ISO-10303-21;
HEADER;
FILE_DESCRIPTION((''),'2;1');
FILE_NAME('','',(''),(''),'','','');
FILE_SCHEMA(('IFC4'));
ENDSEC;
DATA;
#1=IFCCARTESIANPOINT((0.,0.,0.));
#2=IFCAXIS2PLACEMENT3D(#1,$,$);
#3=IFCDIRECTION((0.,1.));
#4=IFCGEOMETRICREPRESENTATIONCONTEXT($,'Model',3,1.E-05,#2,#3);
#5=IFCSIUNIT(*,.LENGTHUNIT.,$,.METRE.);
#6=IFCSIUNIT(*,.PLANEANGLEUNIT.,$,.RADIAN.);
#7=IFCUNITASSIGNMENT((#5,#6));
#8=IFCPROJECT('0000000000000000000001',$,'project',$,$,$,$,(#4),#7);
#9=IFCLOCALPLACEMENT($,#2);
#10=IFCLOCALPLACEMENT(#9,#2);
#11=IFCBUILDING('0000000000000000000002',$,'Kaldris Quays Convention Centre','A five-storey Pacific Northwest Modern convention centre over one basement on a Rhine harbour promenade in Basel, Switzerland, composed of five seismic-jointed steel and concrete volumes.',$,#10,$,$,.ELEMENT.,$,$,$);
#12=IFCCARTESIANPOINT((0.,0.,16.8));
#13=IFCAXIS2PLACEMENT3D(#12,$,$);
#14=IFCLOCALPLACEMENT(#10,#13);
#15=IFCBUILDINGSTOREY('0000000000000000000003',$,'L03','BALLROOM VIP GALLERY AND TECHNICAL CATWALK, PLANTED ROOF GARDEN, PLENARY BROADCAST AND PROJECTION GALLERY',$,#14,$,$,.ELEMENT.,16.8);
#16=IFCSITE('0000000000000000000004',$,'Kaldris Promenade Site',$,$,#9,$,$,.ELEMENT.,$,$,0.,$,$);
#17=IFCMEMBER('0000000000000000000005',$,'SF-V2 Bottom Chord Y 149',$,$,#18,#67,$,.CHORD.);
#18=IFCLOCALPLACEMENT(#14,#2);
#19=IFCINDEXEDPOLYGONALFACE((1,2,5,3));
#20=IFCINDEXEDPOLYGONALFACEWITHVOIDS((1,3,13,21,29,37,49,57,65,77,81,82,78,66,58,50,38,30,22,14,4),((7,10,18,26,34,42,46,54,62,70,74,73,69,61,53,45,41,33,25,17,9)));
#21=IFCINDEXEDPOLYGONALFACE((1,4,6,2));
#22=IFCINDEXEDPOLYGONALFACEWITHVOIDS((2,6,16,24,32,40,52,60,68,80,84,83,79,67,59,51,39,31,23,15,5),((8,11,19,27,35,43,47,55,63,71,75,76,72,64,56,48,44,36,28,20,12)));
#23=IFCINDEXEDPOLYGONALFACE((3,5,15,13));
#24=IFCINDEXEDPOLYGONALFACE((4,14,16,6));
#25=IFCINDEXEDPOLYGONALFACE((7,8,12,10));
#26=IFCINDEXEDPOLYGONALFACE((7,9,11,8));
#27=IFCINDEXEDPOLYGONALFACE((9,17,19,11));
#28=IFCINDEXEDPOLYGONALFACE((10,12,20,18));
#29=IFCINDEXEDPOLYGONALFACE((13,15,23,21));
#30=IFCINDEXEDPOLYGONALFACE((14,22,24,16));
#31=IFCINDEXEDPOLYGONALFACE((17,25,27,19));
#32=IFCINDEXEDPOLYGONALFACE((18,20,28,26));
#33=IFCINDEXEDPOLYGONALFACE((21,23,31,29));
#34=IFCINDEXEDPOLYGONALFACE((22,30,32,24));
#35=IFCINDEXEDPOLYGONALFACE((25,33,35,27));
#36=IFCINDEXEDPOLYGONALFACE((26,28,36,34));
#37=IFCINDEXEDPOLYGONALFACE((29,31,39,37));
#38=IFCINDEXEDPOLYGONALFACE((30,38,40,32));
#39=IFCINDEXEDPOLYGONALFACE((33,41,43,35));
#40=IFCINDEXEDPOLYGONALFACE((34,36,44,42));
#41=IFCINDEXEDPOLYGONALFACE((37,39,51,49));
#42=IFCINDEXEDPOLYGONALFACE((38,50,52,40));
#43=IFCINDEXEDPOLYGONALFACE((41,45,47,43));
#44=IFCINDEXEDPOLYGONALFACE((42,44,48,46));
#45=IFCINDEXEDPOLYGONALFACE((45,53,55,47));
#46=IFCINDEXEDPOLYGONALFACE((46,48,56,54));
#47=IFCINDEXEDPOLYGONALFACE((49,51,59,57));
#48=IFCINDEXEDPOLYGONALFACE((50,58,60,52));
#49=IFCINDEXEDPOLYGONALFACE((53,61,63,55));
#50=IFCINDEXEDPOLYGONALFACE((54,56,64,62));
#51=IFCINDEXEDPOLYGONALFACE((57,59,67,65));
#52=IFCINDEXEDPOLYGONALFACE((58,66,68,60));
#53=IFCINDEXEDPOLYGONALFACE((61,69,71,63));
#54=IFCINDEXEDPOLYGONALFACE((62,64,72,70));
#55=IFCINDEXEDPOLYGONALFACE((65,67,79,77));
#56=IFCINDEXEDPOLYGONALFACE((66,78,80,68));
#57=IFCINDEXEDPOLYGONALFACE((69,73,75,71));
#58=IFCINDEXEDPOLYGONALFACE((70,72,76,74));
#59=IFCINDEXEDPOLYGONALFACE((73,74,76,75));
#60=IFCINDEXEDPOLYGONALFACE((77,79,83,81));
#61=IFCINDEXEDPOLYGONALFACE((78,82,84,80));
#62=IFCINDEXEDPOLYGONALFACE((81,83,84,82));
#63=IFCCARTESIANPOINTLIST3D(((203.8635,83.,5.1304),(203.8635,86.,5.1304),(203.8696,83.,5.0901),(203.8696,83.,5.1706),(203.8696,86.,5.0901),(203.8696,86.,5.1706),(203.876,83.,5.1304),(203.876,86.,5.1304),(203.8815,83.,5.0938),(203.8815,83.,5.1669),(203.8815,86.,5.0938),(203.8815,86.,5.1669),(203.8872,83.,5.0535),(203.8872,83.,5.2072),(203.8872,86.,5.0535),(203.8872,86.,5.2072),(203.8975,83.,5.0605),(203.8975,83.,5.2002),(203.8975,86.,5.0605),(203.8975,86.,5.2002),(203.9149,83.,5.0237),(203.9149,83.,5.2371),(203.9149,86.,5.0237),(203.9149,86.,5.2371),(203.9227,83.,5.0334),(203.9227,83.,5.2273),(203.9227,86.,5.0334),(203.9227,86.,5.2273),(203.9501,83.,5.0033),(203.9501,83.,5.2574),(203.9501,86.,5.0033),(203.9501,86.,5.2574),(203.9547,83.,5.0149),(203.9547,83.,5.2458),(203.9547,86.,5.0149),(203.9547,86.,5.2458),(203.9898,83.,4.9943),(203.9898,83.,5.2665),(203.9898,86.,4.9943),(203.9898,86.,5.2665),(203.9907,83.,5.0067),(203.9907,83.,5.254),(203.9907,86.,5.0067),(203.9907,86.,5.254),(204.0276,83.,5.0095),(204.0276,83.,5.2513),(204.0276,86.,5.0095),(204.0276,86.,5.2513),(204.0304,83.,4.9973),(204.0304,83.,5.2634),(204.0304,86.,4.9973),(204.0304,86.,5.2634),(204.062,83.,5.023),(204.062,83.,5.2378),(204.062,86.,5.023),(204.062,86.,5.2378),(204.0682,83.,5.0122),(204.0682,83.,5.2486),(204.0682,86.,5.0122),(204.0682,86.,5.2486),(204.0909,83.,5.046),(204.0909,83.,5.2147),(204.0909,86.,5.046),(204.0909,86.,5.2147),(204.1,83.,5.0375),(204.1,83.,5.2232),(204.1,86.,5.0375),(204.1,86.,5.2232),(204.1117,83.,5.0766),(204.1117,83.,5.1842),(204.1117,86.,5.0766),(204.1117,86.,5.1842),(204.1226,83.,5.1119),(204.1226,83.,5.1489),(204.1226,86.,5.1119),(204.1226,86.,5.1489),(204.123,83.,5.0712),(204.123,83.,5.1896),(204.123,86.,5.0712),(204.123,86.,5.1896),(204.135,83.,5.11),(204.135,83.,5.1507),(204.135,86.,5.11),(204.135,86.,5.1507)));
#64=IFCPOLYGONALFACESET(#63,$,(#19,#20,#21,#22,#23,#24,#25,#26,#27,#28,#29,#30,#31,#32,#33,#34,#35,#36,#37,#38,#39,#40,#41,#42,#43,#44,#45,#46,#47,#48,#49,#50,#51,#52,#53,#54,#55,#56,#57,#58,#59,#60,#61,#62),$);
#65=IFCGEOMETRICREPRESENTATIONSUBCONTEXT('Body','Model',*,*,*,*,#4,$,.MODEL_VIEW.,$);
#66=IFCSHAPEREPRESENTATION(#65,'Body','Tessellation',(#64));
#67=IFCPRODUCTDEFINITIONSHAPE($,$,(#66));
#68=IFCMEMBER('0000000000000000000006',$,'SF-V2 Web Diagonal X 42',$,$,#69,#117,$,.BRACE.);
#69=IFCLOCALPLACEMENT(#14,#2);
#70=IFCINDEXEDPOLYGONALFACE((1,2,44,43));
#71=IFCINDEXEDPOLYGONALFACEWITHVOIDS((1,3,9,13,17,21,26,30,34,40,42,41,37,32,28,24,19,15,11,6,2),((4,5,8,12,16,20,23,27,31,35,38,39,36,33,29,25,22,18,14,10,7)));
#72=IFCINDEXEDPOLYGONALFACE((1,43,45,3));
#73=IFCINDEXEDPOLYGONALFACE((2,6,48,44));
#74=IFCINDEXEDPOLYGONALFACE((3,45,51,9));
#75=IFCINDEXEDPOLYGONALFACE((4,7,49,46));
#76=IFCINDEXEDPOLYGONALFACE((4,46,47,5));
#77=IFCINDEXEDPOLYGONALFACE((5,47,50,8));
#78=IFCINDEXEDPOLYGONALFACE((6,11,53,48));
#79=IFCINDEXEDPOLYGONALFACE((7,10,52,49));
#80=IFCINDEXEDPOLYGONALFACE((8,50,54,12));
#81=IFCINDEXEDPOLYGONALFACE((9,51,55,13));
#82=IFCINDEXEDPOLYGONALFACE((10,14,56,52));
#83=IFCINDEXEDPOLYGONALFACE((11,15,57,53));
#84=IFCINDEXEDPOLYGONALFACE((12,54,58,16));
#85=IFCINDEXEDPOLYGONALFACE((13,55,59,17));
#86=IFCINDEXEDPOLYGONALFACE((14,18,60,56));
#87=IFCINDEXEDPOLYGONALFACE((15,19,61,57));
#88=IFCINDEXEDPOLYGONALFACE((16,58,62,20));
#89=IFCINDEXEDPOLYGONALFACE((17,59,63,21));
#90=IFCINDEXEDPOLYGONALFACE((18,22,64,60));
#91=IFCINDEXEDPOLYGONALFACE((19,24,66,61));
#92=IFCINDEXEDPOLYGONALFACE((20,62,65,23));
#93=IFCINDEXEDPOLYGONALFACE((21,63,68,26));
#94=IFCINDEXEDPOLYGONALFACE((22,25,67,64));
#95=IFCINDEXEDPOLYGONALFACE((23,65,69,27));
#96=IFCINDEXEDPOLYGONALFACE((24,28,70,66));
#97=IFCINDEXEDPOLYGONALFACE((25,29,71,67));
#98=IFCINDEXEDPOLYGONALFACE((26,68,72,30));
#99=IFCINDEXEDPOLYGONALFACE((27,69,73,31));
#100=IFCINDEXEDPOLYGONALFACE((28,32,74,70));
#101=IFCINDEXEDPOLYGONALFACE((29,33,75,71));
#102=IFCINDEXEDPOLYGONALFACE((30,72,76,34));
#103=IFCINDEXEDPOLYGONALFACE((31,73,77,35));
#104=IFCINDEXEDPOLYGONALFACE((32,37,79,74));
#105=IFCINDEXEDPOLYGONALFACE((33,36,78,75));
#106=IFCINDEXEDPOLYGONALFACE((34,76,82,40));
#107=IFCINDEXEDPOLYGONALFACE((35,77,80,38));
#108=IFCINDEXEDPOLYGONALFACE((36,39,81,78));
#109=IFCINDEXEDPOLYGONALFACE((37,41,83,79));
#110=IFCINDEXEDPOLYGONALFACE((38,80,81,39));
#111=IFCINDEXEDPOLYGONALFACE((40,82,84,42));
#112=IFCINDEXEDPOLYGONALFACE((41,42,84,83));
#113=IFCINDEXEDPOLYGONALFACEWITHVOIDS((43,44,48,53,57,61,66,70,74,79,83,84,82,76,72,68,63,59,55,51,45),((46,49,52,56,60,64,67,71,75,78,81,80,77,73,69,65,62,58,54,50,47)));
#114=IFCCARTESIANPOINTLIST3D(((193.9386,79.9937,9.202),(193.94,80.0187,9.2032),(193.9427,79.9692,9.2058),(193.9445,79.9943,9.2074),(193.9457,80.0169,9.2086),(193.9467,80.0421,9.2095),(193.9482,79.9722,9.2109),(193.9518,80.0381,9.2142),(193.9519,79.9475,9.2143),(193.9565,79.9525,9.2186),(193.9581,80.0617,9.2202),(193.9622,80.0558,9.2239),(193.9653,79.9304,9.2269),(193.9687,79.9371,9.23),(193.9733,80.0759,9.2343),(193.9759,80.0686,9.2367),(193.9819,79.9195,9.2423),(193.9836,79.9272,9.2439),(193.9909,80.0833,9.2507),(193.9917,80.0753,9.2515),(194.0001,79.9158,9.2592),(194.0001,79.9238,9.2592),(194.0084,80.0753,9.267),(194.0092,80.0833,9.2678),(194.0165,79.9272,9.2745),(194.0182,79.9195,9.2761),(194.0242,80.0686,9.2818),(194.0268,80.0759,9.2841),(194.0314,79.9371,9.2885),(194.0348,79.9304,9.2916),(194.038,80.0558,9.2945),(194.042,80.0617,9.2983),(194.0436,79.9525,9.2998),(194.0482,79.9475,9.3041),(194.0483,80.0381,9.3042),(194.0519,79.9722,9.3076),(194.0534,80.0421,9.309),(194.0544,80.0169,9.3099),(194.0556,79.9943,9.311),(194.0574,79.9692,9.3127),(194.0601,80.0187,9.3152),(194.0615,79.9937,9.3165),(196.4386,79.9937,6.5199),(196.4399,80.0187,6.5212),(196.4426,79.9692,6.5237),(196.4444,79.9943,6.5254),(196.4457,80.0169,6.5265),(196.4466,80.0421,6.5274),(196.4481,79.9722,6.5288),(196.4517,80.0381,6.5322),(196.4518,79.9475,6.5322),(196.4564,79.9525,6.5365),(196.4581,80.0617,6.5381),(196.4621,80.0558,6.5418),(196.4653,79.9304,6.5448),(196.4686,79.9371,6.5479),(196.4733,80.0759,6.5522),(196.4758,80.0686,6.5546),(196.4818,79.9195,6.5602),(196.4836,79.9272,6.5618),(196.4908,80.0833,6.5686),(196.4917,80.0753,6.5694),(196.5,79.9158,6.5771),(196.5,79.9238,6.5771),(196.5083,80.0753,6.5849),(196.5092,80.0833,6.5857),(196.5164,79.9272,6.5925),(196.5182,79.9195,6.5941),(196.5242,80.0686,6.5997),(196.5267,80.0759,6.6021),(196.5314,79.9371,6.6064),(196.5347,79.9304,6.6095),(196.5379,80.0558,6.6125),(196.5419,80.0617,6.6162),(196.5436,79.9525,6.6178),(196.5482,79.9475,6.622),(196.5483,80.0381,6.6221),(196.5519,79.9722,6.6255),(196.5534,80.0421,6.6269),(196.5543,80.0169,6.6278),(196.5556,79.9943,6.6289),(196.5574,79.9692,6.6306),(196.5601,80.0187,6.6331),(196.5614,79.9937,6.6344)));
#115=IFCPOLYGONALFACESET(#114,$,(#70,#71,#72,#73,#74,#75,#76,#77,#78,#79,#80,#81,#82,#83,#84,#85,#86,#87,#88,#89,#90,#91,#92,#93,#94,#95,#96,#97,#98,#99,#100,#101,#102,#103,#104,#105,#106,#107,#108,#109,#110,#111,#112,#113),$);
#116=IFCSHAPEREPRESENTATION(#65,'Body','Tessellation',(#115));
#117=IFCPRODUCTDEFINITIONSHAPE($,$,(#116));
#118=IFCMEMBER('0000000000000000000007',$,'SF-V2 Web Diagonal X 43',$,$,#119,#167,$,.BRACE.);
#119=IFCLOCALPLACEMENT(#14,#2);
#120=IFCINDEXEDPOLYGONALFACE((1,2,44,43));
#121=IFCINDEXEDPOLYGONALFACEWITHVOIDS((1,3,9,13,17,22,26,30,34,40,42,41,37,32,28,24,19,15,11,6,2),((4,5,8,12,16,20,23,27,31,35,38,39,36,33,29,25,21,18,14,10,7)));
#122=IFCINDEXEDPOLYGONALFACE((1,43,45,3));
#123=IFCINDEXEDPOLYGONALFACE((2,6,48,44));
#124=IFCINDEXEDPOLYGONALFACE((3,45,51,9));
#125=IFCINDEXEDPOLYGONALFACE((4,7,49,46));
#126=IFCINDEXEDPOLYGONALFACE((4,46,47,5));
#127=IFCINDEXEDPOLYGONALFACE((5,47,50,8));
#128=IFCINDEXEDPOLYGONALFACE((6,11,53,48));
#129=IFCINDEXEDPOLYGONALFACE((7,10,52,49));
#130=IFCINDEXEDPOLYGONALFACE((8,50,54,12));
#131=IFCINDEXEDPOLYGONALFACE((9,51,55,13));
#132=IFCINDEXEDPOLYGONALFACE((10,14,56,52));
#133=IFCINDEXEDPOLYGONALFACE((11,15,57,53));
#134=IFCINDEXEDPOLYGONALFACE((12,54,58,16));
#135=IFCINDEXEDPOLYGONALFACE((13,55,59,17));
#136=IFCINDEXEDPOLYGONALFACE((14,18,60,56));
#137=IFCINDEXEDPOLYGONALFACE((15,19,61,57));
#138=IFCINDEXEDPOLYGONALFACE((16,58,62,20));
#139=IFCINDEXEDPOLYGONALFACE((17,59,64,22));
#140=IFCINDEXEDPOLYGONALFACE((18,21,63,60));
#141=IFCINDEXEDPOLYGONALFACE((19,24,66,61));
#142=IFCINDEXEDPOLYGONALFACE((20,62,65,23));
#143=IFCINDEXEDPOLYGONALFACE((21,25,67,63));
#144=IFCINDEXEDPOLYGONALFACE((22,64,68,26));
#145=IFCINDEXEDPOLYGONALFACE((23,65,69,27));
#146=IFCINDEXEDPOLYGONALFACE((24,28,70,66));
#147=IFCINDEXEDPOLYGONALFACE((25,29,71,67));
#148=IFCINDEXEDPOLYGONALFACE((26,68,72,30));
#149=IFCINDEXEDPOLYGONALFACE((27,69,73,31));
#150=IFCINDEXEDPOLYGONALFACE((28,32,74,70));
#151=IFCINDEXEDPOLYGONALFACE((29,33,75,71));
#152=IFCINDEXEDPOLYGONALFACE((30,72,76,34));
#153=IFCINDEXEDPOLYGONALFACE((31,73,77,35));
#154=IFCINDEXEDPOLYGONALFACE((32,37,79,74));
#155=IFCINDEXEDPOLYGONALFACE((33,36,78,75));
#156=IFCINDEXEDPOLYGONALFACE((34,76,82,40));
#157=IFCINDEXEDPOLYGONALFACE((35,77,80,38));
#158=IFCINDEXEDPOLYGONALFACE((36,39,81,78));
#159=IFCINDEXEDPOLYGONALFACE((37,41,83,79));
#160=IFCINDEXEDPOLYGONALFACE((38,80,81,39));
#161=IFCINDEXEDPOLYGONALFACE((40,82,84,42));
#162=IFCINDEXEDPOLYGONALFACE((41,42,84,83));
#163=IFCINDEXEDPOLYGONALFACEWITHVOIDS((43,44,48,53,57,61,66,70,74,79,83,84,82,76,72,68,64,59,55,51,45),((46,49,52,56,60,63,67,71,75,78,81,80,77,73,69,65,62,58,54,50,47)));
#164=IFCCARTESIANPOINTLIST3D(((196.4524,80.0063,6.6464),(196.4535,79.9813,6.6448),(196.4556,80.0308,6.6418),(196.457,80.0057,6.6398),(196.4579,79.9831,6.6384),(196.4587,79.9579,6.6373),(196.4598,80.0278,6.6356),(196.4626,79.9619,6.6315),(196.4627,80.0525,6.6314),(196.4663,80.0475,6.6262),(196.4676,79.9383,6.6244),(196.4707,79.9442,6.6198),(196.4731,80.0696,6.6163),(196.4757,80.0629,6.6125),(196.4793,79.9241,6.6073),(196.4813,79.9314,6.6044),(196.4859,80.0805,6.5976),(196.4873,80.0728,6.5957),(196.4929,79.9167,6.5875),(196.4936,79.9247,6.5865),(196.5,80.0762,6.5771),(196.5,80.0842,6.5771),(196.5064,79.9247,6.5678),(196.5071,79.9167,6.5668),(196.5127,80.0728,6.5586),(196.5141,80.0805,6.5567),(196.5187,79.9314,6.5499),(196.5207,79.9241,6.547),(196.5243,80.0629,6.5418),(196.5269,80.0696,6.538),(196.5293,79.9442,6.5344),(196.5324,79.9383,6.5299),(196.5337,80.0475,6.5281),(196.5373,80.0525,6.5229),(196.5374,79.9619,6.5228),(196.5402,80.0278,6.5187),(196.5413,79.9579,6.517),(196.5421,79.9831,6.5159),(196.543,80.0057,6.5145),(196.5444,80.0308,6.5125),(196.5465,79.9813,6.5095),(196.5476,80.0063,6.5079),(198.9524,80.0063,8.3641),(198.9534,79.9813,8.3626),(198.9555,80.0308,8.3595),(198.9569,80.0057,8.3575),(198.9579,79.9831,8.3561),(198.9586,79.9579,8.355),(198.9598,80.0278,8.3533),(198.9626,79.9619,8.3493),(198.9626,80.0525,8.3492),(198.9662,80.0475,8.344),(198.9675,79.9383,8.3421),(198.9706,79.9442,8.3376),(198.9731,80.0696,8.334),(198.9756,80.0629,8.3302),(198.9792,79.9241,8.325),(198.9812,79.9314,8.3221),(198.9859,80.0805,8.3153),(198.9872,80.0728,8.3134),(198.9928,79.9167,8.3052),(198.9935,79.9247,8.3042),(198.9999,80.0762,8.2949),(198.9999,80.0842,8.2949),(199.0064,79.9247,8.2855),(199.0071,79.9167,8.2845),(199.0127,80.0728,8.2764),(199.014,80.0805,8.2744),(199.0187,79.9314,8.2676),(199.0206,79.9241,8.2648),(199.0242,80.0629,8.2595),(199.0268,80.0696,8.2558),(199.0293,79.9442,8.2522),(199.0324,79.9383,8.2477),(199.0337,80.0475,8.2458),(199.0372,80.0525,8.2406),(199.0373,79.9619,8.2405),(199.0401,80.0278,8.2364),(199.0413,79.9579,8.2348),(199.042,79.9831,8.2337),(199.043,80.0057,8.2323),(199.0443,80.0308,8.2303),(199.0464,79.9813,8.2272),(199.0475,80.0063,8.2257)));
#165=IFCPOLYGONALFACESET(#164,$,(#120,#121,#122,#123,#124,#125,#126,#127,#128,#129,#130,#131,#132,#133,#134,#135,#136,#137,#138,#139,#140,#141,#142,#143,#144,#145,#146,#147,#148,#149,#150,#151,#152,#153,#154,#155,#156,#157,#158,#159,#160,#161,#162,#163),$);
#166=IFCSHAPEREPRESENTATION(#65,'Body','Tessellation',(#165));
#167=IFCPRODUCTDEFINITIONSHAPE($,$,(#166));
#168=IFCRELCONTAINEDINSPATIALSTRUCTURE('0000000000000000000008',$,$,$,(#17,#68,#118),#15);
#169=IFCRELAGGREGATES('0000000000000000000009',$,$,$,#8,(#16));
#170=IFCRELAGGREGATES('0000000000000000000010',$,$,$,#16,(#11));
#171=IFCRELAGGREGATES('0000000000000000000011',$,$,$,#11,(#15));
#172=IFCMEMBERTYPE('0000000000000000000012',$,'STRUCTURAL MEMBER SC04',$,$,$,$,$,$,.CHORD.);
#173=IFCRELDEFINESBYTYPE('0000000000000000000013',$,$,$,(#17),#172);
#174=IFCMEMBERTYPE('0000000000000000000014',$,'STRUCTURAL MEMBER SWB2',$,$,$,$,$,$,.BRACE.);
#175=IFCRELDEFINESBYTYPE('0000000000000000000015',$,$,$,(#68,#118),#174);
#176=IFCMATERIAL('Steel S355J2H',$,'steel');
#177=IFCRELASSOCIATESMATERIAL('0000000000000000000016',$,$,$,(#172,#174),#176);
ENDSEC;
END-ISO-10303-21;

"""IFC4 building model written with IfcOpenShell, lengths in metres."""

from ifc_helpers import new_model, si_unit, direction, frame, origin, origin_2d, place, context, subcontext, project, spatial, hollow_circle, extrude, material, material_profile, profile_set, type_object, element, save


model = new_model("IFC4")

# Units and contexts
model_context = context("Model", 3, precision=1e-05, world=origin(), true_north=direction((0.0, 1.0)))
body_context = subcontext(model_context, "Body", "Model", "MODEL_VIEW")
ifc_project = project(units=[si_unit("LENGTHUNIT", "METRE"), si_unit("PLANEANGLEUNIT", "RADIAN")], contexts=[model_context])

# Site, building, storey
site_placement = place(None, origin())
site = spatial("IfcSite", under=ifc_project, at=site_placement, Name="Kaldris Promenade Site", CompositionType="ELEMENT", RefElevation=0.0)
building_placement = place(site_placement, origin())
building = spatial("IfcBuilding", under=site, at=building_placement, Name="Kaldris Quays Convention Centre", Description="A five-storey Pacific Northwest Modern convention centre over one basement on a Rhine harbour promenade in Basel, Switzerland, composed of five seismic-jointed steel and concrete volumes.", CompositionType="ELEMENT")
storey_placement = place(building_placement, frame((0.0, 0.0, 16.8)))
storey = spatial("IfcBuildingStorey", under=building, at=storey_placement, Name="L03", Description="BALLROOM VIP GALLERY AND TECHNICAL CATWALK, PLANTED ROOF GARDEN, PLENARY BROADCAST AND PROJECTION GALLERY", CompositionType="ELEMENT", Elevation=16.8)

# Members
ifc_material_1 = material(Name="Steel S355J2H", Category="steel")
ifc_material_profile_1 = material_profile(ifc_material_1, hollow_circle(Radius=0.1365, WallThickness=0.0125, at=origin_2d()), Name="CHS 273x12.5")
ifc_profile_set_1 = profile_set([ifc_material_profile_1], Name="Steel S355J2H")
member_type_1 = type_object("IfcMemberType", Name="STRUCTURAL MEMBER SC04", PredefinedType="CHORD", material=ifc_profile_set_1)
for number, where, z_axis, x_axis, name in (
    (1, (204.0, 83.0, 5.1304), (0.0, 1.0, 0.0), (-1.0, 0.0, 0.0), "SF-V2 Bottom Chord Y 149"),
):
    element("IfcMember", number, at=place(storey_placement, frame(where, z_axis=z_axis, x_axis=x_axis)), inside=storey, type_object=member_type_1, Name=name, PredefinedType="CHORD", context=body_context, shape_type="SweptSolid", body=[
        extrude(hollow_circle(Radius=0.1365, WallThickness=0.0125, at=origin_2d()), origin(), (0.0, 0.0, 1.0), 3.0),
    ])
ifc_material_profile_2 = material_profile(ifc_material_1, hollow_circle(Radius=0.0842, WallThickness=0.0081, at=origin_2d()), Name="CHS 168.3x8")
ifc_profile_set_2 = profile_set([ifc_material_profile_2], Name="Steel S355J2H")
member_type_2 = type_object("IfcMemberType", Name="STRUCTURAL MEMBER SWB2", PredefinedType="BRACE", material=ifc_profile_set_2)
member_1_placement = place(storey_placement, frame((196.5, 80.0, 6.5771), z_axis=(-0.681834, 0.0, 0.731507), x_axis=(0.0, -1.0, 0.0)))
element("IfcMember", 2, at=member_1_placement, inside=storey, type_object=member_type_2, Name="SF-V2 Web Diagonal X 42", PredefinedType="BRACE", context=body_context, shape_type="SweptSolid", body=[
    extrude(hollow_circle(Radius=0.0842, WallThickness=0.0081, at=origin_2d()), origin(), (0.0, 0.0, 1.0), 3.6665),
])
member_2_placement = place(storey_placement, frame((196.5, 80.0, 6.5771), z_axis=(0.824192, 0.0, 0.56631), x_axis=(0.0, 1.0, 0.0)))
element("IfcMember", 3, at=member_2_placement, inside=storey, type_object=member_type_2, Name="SF-V2 Web Diagonal X 43", PredefinedType="BRACE", context=body_context, shape_type="SweptSolid", body=[
    extrude(hollow_circle(Radius=0.0842, WallThickness=0.0081, at=origin_2d()), origin(), (0.0, 0.0, 1.0), 3.0332),
])

save(model, "model.ifc")
